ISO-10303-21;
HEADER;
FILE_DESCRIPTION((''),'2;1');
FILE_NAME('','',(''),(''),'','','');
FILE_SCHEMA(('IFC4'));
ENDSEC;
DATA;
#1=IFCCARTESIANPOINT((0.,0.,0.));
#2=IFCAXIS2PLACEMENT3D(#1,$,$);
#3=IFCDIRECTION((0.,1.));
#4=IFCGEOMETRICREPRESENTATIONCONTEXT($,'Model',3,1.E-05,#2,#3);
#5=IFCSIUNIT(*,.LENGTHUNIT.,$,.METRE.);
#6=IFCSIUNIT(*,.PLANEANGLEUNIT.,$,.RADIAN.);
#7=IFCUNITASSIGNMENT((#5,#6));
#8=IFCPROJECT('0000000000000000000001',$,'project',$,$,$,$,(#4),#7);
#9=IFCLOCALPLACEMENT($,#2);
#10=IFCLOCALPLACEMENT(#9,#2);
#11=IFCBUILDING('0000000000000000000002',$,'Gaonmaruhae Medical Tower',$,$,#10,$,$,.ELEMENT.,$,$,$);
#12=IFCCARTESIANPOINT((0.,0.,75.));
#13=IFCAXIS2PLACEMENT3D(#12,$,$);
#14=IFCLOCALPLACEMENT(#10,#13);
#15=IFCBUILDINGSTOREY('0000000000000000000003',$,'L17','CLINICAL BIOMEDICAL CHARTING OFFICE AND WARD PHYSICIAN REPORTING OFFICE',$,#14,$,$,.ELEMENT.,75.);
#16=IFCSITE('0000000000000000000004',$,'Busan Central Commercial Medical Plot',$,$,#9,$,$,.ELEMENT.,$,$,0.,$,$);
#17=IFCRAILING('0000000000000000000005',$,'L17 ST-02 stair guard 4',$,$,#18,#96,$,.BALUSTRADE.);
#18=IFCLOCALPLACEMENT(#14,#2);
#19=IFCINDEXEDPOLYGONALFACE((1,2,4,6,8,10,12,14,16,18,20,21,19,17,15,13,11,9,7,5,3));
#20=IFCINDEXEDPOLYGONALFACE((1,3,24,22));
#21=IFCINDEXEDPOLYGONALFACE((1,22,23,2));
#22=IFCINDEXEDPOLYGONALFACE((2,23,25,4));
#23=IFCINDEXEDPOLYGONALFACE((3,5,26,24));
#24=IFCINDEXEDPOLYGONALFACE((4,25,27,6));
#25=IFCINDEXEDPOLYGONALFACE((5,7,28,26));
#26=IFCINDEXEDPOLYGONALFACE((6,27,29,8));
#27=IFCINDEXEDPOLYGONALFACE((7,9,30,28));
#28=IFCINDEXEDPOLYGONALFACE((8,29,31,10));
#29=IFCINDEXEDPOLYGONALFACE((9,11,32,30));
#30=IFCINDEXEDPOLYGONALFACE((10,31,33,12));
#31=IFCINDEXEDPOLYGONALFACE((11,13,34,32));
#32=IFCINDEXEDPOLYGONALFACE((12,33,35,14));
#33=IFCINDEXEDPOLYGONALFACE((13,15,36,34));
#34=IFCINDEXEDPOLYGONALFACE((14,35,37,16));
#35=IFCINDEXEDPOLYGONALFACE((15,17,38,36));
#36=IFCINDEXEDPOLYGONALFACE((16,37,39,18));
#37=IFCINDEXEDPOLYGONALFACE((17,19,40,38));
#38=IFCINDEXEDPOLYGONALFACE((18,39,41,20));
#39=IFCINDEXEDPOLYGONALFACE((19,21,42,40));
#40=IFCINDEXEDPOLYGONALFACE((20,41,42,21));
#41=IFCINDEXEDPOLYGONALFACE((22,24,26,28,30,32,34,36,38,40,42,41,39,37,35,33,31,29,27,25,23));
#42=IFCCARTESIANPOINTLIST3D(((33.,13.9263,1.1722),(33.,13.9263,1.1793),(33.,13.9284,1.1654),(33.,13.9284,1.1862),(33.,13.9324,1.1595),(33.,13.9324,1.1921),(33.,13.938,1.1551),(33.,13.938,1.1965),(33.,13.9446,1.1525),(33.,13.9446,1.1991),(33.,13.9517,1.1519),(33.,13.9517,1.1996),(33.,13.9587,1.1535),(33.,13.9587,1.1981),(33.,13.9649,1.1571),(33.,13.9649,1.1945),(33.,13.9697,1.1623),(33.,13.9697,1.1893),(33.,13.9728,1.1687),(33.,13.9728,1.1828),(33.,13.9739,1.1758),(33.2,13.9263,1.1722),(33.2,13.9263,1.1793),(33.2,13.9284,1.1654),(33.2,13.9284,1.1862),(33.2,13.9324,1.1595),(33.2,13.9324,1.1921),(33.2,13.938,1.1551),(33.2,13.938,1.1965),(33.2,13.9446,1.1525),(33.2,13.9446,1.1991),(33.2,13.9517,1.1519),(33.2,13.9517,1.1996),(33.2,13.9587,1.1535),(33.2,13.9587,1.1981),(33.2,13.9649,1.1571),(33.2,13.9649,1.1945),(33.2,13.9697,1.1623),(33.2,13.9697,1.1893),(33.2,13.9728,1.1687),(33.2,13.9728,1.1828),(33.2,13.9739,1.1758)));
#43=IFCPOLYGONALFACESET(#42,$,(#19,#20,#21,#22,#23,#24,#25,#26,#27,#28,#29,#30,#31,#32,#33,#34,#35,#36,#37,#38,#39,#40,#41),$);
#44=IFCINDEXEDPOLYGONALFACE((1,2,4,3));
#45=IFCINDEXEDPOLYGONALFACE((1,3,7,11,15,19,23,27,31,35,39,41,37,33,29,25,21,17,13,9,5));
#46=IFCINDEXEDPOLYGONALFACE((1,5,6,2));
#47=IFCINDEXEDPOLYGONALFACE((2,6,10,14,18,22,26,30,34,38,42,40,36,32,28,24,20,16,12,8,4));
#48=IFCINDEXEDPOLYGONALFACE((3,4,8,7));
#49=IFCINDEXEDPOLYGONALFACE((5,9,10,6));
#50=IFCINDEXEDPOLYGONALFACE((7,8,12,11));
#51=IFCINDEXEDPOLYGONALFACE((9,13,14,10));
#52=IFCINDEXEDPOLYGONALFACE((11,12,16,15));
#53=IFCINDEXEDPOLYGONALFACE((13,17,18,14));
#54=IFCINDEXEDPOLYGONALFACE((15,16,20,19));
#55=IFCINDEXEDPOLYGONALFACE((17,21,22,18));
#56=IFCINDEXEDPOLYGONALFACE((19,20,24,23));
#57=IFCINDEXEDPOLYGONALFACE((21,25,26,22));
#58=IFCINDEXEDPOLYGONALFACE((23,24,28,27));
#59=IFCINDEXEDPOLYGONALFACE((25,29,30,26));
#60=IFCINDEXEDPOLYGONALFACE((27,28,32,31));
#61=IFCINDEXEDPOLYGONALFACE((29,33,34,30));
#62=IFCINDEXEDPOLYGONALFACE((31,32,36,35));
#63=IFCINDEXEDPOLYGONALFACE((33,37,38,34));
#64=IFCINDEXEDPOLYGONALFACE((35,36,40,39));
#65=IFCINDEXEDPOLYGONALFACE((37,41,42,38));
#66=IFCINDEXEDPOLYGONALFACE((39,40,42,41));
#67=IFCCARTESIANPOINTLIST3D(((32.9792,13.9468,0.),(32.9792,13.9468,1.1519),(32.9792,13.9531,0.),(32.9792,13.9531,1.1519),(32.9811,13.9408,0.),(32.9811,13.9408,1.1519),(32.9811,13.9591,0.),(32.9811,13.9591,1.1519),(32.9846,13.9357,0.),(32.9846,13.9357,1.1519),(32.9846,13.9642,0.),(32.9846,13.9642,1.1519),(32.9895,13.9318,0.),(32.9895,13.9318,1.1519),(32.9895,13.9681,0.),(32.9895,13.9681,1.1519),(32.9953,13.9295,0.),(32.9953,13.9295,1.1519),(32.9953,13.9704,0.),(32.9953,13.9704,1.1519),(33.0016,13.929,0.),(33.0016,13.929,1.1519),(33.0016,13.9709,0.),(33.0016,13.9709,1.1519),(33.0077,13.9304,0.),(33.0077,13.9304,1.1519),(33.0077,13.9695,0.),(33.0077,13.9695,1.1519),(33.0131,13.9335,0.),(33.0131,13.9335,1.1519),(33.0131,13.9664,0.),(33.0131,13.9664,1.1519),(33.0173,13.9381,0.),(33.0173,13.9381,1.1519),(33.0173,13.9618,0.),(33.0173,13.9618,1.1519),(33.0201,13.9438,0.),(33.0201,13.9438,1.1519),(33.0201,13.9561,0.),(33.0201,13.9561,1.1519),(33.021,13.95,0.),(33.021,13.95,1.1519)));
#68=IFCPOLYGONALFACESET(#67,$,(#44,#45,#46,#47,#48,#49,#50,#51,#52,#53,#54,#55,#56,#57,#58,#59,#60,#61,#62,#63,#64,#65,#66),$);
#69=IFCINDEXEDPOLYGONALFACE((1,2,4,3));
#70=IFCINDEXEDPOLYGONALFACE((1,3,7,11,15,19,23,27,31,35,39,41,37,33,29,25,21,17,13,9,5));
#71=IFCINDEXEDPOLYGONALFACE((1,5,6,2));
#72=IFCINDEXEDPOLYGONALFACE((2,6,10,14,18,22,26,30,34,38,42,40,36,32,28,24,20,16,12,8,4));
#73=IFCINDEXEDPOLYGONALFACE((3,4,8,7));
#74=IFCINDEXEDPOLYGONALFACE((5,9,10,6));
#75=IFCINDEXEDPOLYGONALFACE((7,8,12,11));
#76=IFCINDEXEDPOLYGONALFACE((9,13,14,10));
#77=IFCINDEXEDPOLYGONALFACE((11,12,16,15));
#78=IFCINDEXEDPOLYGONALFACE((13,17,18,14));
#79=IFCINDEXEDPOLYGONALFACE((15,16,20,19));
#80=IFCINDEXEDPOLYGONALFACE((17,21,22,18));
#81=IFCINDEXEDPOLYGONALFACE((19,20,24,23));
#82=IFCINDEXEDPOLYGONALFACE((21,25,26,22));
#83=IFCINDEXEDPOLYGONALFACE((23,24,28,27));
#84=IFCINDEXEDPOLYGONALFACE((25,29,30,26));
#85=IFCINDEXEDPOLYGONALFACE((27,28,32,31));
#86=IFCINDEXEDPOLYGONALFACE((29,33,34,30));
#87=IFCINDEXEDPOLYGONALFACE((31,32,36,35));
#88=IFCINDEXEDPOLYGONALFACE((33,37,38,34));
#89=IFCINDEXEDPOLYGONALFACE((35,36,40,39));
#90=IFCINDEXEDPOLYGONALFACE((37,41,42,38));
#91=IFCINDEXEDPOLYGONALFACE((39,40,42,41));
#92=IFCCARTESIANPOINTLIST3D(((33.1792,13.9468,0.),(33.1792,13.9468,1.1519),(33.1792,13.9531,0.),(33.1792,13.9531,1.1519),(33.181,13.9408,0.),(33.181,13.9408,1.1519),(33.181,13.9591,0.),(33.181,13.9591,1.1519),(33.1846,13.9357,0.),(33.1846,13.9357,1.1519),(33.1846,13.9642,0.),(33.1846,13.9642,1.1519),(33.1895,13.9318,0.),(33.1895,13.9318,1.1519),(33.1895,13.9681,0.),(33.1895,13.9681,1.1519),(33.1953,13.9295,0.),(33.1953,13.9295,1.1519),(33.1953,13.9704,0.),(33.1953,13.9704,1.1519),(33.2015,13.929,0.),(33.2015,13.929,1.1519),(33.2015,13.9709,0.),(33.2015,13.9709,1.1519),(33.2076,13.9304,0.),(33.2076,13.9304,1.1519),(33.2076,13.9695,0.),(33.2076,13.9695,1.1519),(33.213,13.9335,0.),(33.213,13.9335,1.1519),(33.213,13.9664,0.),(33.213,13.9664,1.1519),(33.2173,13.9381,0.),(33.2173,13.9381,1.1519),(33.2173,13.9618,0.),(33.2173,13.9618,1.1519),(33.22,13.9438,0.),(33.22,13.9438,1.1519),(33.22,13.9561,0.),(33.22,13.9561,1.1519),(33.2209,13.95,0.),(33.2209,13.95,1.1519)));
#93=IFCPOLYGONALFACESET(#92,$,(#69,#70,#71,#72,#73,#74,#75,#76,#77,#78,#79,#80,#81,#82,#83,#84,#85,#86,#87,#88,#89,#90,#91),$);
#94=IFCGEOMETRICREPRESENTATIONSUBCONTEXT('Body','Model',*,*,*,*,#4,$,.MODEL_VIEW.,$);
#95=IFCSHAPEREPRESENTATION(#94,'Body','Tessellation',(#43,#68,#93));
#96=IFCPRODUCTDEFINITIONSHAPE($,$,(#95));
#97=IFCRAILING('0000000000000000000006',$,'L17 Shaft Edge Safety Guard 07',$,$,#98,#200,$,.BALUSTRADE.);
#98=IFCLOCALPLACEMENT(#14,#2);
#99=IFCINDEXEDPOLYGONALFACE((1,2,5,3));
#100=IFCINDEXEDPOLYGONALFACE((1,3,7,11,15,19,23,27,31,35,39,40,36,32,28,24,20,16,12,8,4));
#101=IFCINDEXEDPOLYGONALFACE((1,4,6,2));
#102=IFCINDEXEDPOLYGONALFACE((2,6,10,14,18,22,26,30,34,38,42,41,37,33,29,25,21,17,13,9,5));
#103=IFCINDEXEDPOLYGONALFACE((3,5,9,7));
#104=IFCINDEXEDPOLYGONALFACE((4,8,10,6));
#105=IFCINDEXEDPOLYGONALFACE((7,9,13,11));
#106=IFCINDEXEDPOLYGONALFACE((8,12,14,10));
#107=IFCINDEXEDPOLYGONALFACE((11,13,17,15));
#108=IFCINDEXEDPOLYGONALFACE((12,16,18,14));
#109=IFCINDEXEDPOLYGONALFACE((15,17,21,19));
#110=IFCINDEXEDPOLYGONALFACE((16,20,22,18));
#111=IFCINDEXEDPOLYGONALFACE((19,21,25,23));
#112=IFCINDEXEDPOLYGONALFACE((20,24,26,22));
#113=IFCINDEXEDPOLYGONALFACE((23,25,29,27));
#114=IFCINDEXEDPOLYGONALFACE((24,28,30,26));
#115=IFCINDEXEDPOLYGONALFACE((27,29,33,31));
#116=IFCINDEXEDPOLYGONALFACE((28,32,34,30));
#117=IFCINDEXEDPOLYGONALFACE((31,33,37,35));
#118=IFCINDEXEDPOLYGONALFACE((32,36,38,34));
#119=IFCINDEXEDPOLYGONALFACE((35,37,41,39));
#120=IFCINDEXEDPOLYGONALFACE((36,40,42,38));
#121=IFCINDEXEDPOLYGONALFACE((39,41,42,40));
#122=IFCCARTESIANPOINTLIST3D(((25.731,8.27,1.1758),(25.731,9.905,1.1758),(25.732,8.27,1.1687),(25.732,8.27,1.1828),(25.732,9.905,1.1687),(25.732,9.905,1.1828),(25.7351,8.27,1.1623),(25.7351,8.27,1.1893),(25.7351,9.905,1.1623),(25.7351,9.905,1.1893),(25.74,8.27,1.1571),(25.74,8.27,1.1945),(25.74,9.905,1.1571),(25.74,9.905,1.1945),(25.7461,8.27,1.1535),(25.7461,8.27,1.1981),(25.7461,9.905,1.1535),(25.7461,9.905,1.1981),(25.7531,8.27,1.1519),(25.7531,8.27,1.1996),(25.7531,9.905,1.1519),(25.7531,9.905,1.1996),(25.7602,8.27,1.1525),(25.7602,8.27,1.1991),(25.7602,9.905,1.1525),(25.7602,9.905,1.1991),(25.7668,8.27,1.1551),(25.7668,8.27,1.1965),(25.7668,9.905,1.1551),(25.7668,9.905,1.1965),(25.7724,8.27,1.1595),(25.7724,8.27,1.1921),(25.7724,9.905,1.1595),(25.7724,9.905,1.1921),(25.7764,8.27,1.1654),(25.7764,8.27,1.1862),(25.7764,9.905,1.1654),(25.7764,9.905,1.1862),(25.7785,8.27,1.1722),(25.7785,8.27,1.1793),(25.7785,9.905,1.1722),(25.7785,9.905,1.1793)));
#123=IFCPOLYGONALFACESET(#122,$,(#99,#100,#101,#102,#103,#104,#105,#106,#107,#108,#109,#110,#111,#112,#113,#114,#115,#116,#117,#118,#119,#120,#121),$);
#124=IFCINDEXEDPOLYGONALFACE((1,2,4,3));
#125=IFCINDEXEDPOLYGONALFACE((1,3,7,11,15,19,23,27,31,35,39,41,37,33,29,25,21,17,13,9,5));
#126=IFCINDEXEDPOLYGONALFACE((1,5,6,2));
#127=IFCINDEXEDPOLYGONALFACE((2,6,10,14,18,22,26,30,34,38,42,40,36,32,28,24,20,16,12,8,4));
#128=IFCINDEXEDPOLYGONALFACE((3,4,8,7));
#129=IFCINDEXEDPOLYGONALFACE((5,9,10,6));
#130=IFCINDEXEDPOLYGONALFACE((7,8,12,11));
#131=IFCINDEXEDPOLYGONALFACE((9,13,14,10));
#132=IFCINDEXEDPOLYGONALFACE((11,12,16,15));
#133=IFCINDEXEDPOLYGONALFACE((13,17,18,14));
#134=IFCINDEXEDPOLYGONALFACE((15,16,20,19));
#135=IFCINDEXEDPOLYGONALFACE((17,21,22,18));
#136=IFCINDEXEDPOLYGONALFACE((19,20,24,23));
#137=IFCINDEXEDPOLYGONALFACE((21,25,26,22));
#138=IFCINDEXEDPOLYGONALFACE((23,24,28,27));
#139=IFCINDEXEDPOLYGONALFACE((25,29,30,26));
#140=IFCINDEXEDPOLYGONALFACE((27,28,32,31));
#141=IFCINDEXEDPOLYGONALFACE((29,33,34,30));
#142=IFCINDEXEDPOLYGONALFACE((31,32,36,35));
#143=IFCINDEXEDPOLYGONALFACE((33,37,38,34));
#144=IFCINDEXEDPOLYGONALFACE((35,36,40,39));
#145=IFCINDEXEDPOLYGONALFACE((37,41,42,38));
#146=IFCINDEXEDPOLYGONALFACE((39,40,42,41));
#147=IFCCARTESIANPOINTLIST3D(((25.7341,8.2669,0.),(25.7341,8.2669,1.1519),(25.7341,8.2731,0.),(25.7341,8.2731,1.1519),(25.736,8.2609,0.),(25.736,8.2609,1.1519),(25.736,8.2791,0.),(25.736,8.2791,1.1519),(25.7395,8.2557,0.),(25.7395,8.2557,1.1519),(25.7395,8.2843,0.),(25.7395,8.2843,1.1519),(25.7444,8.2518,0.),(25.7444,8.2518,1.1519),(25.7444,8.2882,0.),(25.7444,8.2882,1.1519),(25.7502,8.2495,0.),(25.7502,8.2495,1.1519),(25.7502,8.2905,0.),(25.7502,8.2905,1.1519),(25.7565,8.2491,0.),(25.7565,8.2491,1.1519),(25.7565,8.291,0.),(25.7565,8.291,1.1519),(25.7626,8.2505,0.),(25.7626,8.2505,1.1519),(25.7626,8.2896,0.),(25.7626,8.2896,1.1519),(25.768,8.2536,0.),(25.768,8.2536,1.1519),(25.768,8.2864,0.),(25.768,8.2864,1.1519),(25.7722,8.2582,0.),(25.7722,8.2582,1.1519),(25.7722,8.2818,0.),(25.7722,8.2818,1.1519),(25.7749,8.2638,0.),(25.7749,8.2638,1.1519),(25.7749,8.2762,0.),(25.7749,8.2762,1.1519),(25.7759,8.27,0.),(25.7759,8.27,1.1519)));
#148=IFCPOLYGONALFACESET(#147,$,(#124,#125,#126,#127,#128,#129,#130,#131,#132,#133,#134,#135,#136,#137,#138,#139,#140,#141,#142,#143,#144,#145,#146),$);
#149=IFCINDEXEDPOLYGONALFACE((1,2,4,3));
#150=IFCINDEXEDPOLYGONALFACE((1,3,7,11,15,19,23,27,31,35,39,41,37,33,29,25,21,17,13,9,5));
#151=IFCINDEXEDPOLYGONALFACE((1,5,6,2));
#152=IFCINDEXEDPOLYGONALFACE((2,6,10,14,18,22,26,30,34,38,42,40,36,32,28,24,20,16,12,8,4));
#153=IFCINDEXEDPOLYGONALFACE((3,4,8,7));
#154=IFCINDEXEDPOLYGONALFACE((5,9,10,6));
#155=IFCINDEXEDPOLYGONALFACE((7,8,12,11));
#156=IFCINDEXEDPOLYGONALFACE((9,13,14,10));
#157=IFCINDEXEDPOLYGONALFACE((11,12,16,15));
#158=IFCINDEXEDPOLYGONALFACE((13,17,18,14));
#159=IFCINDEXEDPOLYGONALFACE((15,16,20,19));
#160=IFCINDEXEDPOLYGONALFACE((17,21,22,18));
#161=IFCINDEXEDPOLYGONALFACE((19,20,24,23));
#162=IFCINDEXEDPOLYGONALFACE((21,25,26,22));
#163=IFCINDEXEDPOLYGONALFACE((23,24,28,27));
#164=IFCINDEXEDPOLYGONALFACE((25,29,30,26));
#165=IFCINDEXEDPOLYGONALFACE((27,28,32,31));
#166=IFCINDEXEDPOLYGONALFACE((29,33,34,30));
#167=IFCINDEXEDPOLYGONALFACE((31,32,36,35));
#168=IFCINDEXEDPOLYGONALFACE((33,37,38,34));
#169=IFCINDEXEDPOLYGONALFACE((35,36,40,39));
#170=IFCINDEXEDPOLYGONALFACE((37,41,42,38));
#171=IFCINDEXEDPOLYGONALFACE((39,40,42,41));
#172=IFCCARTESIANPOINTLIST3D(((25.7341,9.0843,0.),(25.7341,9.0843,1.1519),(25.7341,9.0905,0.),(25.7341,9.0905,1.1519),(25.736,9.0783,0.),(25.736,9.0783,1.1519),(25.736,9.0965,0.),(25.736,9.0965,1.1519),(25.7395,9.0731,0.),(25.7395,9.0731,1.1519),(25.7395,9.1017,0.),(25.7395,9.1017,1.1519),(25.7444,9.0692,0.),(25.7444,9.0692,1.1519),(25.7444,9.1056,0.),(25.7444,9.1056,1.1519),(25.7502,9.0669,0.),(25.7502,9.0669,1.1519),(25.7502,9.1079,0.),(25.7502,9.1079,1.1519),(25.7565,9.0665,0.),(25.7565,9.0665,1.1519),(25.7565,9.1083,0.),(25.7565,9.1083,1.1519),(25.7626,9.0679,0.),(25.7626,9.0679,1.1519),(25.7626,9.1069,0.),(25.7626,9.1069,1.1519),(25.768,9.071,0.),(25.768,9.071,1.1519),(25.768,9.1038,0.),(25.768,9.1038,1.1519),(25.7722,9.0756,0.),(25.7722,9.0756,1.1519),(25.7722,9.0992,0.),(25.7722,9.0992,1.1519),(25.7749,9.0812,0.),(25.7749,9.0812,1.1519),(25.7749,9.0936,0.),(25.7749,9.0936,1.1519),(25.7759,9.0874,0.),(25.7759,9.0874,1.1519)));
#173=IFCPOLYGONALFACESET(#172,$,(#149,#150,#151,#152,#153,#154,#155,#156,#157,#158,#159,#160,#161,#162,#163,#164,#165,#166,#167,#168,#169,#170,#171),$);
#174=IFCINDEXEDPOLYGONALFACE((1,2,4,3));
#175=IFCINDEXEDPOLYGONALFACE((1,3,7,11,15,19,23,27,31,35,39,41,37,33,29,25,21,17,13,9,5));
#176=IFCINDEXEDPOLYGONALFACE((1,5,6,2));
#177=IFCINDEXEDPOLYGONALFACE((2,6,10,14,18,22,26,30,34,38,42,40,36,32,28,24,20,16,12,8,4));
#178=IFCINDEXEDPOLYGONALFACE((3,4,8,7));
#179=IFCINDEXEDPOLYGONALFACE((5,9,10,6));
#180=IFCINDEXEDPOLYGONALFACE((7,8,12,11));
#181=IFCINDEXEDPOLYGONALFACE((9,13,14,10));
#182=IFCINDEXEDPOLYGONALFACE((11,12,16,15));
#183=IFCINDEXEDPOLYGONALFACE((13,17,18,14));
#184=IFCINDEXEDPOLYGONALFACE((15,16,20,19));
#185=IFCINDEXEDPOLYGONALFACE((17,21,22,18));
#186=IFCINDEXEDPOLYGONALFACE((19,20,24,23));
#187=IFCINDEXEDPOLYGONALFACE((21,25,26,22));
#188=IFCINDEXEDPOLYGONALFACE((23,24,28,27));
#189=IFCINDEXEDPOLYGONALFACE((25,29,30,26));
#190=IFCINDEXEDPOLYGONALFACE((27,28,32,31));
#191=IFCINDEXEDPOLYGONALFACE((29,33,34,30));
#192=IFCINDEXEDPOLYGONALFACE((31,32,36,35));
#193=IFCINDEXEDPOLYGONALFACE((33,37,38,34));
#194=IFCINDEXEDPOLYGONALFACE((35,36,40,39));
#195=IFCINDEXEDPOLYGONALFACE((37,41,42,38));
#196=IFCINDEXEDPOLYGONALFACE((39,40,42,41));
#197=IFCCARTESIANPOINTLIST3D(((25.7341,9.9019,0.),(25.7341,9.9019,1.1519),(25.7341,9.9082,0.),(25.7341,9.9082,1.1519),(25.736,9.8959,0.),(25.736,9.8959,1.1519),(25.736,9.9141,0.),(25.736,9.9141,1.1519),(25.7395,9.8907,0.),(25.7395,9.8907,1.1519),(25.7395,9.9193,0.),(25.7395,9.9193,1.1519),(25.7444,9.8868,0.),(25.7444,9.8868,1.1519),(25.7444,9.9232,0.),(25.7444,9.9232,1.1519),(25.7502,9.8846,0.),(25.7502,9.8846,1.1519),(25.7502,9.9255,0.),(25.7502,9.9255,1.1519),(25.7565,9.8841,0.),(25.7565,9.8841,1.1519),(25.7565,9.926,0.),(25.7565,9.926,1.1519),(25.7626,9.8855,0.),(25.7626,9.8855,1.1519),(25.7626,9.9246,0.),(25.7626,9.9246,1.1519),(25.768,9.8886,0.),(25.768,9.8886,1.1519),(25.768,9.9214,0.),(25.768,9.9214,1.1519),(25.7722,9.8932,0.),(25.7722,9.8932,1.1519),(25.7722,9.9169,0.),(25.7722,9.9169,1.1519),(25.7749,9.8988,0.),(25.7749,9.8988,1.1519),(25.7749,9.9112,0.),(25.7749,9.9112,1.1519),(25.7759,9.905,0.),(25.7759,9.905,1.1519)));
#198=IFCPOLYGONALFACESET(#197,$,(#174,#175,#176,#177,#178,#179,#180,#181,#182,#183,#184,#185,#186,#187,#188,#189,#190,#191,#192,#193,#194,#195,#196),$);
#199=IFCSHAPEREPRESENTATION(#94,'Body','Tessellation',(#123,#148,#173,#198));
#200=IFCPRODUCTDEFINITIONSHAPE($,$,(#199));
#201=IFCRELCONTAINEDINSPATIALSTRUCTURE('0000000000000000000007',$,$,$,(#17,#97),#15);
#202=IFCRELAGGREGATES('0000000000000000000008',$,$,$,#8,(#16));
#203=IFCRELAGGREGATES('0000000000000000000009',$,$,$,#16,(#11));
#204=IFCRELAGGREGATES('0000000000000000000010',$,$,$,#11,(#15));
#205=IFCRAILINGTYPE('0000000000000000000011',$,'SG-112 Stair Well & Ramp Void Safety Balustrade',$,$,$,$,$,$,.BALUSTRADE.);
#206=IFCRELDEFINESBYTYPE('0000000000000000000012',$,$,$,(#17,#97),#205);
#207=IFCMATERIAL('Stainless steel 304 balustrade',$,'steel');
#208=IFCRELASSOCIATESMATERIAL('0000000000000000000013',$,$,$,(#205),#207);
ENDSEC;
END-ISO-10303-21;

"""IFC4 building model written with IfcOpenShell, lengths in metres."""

from ifc_helpers import new_model, si_unit, direction, frame, origin, origin_2d, place, context, subcontext, project, spatial, circle, extrude, material, type_object, element, save


model = new_model("IFC4")

# Units and contexts
model_context = context("Model", 3, precision=1e-05, world=origin(), true_north=direction((0.0, 1.0)))
body_context = subcontext(model_context, "Body", "Model", "MODEL_VIEW")
ifc_project = project(units=[si_unit("LENGTHUNIT", "METRE"), si_unit("PLANEANGLEUNIT", "RADIAN")], contexts=[model_context])

# Site, building, storey
site_placement = place(None, origin())
site = spatial("IfcSite", under=ifc_project, at=site_placement, Name="Busan Central Commercial Medical Plot", CompositionType="ELEMENT", RefElevation=0.0)
building_placement = place(site_placement, origin())
building = spatial("IfcBuilding", under=site, at=building_placement, Name="Gaonmaruhae Medical Tower", CompositionType="ELEMENT")
storey_placement = place(building_placement, frame((0.0, 0.0, 75.0)))
storey = spatial("IfcBuildingStorey", under=building, at=storey_placement, Name="L17", Description="CLINICAL BIOMEDICAL CHARTING OFFICE AND WARD PHYSICIAN REPORTING OFFICE", CompositionType="ELEMENT", Elevation=75.0)

# Railings
ifc_material_1 = material(Name="Stainless steel 304 balustrade", Category="steel")
railing_type_1 = type_object("IfcRailingType", Name="SG-112 Stair Well & Ramp Void Safety Balustrade", PredefinedType="BALUSTRADE", material=ifc_material_1)
railing_1_placement = place(storey_placement, frame((33.0, 13.95, 0.0)))
element("IfcRailing", 1, at=railing_1_placement, inside=storey, type_object=railing_type_1, Name="L17 ST-02 stair guard 4", PredefinedType="BALUSTRADE", context=body_context, shape_type="SweptSolid", body=[
    extrude(circle(Radius=0.0239, at=origin_2d()), frame((0.0, 0.0, 1.1758), z_axis=(1.0, 0.0, 0.0), x_axis=(0.0, 1.0, 0.0)), (0.0, 0.0, 1.0), 0.2),
    extrude(circle(Radius=0.021, at=origin_2d()), origin(), (0.0, 0.0, 1.0), 1.1519),
    extrude(circle(Radius=0.021, at=origin_2d()), frame((0.2, 0.0, 0.0)), (0.0, 0.0, 1.0), 1.1519),
])
railing_2_placement = place(storey_placement, frame((25.7549, 8.27, 0.0)))
element("IfcRailing", 2, at=railing_2_placement, inside=storey, type_object=railing_type_1, Name="L17 Shaft Edge Safety Guard 07", PredefinedType="BALUSTRADE", context=body_context, shape_type="SweptSolid", body=[
    extrude(circle(Radius=0.0239, at=origin_2d()), frame((0.0, 0.0, 1.1758), z_axis=(0.0, 1.0, 0.0), x_axis=(-1.0, 0.0, 0.0)), (0.0, 0.0, 1.0), 1.635),
    extrude(circle(Radius=0.021, at=origin_2d()), origin(), (0.0, 0.0, 1.0), 1.1519),
    extrude(circle(Radius=0.021, at=origin_2d()), frame((0.0, 0.8174, 0.0)), (0.0, 0.0, 1.0), 1.1519),
    extrude(circle(Radius=0.021, at=origin_2d()), frame((0.0, 1.635, 0.0)), (0.0, 0.0, 1.0), 1.1519),
])

save(model, "model.ifc")
